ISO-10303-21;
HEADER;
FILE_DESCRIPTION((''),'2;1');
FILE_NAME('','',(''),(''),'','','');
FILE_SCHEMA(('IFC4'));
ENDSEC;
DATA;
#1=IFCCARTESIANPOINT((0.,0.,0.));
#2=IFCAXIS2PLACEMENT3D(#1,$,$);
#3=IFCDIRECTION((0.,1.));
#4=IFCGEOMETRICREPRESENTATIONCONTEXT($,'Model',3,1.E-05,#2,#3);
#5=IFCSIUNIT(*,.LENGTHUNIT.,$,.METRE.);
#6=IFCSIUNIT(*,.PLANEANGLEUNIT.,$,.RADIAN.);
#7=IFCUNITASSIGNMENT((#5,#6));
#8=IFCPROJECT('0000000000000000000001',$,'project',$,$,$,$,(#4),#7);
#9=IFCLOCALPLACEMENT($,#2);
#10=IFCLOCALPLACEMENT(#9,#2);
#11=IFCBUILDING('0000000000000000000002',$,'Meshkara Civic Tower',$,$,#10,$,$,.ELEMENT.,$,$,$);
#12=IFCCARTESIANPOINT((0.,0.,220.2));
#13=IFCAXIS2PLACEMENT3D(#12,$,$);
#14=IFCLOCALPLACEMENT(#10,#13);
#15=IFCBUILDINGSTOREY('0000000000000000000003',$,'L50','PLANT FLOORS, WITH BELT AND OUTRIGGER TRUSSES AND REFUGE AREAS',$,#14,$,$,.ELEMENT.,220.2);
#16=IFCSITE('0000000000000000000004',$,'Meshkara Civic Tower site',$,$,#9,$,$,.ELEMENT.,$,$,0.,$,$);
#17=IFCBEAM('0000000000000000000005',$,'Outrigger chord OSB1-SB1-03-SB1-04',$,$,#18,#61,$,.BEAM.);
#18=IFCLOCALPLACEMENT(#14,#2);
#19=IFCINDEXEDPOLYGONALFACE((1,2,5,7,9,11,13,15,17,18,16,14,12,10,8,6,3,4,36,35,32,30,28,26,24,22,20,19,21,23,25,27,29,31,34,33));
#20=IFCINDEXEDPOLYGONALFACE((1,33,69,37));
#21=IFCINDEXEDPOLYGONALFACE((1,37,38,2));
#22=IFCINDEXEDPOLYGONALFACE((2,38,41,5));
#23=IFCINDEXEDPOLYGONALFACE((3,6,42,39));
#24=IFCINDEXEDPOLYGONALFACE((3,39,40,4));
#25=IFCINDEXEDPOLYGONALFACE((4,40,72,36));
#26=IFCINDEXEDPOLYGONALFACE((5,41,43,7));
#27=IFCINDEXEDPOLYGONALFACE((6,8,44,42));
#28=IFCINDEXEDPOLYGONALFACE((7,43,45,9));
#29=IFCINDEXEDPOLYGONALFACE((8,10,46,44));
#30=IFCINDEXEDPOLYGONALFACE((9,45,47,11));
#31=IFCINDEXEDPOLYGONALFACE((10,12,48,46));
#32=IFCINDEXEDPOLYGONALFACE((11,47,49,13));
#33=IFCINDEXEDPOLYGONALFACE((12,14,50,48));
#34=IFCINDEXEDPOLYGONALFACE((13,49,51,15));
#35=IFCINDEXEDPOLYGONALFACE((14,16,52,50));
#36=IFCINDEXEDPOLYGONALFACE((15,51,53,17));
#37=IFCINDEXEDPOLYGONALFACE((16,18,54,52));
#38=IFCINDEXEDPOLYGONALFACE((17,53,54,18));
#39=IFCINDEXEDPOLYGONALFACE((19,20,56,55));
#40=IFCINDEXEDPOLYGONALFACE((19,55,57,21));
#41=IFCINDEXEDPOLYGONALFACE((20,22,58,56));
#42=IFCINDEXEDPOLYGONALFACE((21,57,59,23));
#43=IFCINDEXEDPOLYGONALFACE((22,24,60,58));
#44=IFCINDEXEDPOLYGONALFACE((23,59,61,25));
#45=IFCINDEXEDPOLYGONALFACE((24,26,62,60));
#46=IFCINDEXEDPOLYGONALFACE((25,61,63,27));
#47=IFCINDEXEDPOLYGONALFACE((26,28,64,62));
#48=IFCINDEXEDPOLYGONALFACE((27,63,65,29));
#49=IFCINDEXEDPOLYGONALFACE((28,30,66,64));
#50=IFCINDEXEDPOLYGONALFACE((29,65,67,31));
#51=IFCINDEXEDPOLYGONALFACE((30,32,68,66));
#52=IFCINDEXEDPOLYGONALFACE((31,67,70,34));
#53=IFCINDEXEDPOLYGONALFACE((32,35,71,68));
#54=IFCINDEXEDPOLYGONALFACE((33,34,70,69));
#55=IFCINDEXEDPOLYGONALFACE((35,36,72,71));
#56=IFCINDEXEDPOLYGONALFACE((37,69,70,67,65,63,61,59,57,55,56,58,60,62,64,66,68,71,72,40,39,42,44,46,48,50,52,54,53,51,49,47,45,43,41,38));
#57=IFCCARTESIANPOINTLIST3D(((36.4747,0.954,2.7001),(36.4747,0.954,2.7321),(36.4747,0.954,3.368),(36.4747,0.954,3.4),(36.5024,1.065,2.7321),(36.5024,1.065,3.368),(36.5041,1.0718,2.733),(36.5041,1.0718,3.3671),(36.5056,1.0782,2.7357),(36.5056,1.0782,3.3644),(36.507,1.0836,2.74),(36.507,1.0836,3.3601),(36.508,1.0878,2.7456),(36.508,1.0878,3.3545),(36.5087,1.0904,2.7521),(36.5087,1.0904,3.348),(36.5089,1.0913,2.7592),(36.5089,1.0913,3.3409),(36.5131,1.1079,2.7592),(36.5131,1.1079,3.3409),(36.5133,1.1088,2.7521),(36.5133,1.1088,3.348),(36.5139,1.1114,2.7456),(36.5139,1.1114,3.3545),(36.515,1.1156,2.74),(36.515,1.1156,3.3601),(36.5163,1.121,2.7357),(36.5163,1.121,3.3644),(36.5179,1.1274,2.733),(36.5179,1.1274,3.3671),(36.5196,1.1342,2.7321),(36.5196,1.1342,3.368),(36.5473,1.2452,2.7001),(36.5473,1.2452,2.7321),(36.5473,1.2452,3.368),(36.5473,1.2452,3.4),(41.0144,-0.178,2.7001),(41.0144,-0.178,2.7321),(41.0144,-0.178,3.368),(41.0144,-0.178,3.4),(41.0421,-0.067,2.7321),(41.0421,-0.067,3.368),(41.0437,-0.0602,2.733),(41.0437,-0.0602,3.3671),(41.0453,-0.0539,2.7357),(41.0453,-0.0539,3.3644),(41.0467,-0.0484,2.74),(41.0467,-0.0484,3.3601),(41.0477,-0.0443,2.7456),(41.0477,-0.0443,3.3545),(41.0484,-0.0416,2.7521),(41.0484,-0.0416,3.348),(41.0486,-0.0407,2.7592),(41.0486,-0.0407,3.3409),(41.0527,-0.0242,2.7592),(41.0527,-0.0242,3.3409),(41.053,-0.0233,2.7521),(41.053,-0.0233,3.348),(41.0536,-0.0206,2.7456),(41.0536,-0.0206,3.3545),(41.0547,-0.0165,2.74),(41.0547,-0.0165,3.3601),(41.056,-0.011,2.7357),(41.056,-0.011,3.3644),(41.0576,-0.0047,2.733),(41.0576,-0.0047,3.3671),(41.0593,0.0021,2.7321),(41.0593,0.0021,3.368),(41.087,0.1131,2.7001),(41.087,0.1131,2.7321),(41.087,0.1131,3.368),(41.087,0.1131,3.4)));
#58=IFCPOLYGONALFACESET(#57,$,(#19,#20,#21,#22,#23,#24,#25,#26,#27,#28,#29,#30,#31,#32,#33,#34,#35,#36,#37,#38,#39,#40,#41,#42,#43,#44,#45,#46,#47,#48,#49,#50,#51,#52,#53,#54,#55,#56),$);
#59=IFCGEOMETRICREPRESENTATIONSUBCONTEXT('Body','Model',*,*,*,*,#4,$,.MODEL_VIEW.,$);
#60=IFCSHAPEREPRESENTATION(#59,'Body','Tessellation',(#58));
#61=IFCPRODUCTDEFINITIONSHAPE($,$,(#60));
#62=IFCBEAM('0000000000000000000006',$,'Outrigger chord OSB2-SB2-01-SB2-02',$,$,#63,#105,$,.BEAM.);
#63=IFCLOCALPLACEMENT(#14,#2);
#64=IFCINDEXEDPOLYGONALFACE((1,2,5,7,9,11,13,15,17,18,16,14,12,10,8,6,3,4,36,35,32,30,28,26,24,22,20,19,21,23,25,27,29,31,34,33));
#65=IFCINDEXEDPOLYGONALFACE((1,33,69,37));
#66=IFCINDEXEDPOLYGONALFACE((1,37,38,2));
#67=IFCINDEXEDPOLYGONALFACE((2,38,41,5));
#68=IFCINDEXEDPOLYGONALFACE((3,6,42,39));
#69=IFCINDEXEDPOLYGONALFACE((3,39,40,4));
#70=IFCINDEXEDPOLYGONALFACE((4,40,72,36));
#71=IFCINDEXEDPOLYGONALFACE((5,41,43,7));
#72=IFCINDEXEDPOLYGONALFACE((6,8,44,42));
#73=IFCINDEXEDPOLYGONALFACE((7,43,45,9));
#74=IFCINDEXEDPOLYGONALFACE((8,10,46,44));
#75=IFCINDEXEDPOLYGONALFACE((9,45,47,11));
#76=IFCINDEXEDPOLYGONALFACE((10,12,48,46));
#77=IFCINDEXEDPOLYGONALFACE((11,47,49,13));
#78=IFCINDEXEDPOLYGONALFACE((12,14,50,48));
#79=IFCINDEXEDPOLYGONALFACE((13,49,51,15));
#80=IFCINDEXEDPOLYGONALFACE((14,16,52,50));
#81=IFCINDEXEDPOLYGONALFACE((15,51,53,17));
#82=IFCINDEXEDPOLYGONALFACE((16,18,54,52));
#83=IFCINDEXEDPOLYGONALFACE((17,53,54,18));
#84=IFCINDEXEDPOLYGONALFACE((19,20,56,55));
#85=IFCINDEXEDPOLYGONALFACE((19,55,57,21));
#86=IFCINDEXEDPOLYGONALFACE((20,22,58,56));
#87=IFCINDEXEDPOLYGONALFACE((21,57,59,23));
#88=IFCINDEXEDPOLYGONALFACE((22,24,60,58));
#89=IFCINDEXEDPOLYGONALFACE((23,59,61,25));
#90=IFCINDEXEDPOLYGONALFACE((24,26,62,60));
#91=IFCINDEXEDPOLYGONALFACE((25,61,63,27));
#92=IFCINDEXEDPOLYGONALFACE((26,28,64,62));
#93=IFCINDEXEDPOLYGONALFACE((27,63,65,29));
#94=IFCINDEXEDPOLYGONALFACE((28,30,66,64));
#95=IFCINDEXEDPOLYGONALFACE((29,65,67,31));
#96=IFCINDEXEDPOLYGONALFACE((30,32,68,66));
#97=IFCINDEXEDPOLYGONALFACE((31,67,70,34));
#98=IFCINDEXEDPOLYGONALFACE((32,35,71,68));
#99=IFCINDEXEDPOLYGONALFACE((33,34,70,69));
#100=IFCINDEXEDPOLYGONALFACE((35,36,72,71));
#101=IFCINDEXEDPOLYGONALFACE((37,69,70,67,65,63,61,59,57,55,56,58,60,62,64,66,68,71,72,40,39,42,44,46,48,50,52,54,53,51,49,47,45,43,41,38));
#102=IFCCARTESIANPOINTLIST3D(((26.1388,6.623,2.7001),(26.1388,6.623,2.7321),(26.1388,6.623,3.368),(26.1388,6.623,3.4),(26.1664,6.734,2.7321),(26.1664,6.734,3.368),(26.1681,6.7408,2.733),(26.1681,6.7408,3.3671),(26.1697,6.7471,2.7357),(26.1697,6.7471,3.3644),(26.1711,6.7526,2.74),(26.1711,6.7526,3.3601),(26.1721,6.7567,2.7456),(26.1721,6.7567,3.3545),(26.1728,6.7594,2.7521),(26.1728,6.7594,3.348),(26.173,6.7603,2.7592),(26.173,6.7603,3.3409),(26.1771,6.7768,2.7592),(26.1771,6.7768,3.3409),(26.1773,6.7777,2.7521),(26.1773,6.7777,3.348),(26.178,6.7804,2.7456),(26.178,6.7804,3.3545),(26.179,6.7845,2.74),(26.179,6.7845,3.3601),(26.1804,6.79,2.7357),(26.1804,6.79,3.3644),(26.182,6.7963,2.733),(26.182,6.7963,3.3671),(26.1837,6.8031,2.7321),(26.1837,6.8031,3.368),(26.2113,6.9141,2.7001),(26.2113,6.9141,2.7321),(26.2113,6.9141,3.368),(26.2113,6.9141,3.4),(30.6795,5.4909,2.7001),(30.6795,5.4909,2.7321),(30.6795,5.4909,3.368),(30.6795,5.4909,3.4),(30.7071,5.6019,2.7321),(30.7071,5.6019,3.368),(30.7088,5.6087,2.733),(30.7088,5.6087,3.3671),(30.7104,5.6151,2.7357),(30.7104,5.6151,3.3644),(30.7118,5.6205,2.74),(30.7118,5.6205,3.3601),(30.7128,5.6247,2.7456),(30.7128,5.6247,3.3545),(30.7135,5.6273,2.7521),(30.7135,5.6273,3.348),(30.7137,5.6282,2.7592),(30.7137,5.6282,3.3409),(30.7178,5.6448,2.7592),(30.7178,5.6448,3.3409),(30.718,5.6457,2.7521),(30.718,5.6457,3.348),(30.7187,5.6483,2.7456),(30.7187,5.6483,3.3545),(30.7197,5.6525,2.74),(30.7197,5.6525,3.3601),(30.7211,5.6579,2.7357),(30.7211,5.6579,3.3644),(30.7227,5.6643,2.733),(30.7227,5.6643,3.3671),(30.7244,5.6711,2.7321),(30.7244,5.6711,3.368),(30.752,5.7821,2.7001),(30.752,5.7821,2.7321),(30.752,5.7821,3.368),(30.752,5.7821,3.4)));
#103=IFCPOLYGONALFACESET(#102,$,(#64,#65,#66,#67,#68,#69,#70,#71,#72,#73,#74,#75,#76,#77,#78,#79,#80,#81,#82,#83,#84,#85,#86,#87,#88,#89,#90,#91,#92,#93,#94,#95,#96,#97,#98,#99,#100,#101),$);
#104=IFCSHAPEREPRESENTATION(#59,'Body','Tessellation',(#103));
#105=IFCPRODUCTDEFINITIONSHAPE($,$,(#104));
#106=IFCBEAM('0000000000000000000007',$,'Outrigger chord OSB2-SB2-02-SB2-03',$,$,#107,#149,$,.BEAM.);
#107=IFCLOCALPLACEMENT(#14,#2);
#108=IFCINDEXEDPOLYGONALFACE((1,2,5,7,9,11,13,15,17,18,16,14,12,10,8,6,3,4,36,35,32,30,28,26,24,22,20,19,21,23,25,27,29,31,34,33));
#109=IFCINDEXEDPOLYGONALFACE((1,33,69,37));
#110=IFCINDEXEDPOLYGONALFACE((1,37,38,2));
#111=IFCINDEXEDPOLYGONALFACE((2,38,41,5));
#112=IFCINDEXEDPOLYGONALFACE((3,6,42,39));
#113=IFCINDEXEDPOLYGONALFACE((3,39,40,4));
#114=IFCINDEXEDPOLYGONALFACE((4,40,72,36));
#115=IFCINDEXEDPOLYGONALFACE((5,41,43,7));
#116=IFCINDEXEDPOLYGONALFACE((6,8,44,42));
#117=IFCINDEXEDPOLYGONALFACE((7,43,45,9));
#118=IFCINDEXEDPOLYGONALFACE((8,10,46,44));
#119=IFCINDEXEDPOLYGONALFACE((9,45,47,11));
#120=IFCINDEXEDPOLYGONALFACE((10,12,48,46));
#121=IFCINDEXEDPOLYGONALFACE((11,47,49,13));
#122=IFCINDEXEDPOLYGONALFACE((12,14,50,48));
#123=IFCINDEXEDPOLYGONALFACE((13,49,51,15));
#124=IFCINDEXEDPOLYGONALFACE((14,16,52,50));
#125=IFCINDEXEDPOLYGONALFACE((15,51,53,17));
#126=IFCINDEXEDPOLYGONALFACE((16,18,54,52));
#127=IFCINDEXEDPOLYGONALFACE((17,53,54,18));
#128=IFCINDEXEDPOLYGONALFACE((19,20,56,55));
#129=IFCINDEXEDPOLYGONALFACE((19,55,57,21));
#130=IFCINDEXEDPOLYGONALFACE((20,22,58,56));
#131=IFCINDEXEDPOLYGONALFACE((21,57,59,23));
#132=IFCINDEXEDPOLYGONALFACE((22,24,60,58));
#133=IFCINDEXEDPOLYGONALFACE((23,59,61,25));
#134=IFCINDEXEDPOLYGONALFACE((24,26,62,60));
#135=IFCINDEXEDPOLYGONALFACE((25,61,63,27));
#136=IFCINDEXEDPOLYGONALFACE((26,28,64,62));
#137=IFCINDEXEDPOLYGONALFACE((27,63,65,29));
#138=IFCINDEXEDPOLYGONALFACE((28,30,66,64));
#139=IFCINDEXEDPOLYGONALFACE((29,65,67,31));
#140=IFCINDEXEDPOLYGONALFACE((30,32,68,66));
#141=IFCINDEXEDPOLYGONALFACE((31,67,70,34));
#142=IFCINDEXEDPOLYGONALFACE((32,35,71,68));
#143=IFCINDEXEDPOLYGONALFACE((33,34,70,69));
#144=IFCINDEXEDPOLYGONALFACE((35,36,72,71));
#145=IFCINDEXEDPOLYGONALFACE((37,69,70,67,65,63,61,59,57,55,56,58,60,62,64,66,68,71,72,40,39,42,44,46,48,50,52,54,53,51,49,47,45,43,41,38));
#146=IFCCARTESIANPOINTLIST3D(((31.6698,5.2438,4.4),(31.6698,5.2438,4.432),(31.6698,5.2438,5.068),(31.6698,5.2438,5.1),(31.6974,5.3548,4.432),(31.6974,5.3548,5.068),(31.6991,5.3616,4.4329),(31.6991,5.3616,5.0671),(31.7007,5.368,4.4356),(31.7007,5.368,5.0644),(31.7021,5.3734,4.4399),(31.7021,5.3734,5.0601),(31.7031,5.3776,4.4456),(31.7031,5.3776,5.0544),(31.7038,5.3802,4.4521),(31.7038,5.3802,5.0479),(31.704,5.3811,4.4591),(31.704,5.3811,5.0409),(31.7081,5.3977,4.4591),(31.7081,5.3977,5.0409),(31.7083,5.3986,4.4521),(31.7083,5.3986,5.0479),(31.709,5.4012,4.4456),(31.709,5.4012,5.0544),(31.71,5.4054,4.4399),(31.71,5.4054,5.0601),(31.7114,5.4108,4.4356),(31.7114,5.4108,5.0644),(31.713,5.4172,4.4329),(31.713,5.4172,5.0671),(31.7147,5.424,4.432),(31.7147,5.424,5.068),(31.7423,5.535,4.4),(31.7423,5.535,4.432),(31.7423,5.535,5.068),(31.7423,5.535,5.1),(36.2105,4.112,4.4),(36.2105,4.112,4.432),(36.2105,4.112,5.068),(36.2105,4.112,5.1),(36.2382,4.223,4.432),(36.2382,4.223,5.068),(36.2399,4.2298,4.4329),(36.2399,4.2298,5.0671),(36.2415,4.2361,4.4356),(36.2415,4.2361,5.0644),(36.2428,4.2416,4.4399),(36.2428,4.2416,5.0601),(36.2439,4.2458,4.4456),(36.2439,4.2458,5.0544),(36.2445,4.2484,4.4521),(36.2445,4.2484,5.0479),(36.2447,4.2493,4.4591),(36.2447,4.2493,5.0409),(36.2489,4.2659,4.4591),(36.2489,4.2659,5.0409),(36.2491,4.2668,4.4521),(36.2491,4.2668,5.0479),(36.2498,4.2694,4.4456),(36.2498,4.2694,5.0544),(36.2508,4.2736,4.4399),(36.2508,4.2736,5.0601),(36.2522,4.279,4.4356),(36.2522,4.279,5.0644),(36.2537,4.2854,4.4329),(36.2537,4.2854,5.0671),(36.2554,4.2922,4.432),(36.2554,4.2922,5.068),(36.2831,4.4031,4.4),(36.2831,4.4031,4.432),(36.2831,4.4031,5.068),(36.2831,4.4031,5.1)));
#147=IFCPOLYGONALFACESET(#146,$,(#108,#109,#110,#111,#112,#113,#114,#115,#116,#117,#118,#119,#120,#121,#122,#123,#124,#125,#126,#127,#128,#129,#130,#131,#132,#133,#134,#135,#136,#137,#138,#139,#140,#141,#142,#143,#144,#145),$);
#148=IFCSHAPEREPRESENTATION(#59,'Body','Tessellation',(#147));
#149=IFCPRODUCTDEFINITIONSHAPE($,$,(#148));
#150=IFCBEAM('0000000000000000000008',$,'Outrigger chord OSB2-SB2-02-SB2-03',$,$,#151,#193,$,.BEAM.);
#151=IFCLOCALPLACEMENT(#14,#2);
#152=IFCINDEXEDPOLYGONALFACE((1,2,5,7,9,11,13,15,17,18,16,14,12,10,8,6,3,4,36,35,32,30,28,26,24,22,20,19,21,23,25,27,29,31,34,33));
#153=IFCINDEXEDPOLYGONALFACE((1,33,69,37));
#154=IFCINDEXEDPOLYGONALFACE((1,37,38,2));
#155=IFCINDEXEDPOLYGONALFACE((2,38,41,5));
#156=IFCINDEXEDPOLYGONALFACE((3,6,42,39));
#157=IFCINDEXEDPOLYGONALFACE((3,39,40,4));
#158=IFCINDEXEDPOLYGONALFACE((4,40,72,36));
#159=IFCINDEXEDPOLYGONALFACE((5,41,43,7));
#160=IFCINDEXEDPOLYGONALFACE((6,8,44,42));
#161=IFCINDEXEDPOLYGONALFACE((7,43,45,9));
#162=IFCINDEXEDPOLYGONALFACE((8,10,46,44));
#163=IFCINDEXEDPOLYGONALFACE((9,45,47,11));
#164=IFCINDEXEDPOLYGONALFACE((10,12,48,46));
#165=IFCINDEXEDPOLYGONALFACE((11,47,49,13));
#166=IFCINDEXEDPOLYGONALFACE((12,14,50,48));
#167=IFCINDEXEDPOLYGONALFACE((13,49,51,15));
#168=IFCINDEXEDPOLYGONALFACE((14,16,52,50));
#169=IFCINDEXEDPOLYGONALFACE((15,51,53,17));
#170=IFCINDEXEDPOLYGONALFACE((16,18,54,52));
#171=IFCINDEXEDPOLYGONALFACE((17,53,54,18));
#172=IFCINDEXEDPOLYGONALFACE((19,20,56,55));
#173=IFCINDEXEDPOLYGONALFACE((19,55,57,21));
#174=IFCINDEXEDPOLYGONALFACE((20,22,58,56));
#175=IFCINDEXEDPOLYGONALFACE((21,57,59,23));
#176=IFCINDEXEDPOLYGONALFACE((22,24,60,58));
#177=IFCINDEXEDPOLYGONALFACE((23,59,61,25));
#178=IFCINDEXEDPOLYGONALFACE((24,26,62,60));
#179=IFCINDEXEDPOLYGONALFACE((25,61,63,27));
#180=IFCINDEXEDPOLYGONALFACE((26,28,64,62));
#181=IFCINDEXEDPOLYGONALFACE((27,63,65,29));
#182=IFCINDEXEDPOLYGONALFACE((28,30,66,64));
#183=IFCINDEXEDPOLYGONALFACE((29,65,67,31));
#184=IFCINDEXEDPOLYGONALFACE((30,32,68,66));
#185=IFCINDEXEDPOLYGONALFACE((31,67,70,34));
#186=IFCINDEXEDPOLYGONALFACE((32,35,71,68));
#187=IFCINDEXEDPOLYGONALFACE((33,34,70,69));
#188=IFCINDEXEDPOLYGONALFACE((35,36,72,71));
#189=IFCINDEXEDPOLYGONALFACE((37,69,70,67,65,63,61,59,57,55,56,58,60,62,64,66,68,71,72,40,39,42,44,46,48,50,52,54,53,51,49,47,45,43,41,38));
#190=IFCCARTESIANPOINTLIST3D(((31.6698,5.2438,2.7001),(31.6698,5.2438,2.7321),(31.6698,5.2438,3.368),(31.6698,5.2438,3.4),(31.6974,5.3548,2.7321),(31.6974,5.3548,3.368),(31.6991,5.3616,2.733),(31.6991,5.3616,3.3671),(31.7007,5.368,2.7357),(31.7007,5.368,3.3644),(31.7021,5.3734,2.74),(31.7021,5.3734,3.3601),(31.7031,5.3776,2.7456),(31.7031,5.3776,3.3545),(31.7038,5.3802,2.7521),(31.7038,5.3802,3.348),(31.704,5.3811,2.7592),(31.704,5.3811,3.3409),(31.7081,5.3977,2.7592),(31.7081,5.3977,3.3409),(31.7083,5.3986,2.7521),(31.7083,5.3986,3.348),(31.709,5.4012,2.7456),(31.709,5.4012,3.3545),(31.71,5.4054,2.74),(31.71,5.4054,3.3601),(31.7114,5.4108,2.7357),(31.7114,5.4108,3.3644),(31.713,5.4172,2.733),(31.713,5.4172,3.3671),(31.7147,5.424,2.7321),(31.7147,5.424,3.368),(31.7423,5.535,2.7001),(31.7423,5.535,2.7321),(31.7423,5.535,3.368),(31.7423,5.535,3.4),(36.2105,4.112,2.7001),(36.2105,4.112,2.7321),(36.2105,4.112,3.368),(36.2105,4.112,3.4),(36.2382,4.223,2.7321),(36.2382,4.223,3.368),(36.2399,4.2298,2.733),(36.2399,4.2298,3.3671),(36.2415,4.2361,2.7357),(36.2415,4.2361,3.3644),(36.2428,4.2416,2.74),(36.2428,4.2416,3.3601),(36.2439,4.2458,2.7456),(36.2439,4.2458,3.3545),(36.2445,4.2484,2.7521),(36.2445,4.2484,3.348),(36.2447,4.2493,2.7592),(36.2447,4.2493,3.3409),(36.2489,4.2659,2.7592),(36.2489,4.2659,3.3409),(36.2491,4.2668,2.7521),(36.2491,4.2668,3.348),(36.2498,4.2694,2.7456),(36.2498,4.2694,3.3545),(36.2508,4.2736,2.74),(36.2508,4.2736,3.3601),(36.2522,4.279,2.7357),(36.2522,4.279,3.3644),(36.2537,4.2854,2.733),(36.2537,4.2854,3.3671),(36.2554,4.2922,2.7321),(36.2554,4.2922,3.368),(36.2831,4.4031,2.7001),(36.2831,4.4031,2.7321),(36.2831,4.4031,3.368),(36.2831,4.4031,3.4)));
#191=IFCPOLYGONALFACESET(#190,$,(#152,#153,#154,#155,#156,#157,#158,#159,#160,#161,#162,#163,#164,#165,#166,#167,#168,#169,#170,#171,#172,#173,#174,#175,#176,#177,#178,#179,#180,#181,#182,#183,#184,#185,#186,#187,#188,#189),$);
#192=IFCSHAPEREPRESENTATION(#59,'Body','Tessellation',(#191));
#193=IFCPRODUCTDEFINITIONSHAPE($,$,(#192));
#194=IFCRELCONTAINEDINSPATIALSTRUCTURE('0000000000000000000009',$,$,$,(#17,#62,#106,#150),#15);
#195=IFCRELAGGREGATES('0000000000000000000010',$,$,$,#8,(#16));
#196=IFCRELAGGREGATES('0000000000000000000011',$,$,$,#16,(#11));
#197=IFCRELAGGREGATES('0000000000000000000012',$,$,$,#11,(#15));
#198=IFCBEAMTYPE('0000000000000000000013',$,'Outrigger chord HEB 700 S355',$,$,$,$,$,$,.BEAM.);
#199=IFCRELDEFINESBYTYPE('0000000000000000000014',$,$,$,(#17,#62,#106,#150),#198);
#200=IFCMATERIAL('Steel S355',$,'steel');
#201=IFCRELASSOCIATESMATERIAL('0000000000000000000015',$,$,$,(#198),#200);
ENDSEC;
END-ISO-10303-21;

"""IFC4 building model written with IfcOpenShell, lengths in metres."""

from ifc_helpers import new_model, si_unit, direction, frame, origin, origin_2d, place, context, subcontext, project, spatial, i_section, extrude, material, material_profile, profile_set, type_object, element, save


model = new_model("IFC4")

# Units and contexts
model_context = context("Model", 3, precision=1e-05, world=origin(), true_north=direction((0.0, 1.0)))
body_context = subcontext(model_context, "Body", "Model", "MODEL_VIEW")
ifc_project = project(units=[si_unit("LENGTHUNIT", "METRE"), si_unit("PLANEANGLEUNIT", "RADIAN")], contexts=[model_context])

# Site, building, storey
site_placement = place(None, origin())
site = spatial("IfcSite", under=ifc_project, at=site_placement, Name="Meshkara Civic Tower site", CompositionType="ELEMENT", RefElevation=0.0)
building_placement = place(site_placement, origin())
building = spatial("IfcBuilding", under=site, at=building_placement, Name="Meshkara Civic Tower", CompositionType="ELEMENT")
storey_placement = place(building_placement, frame((0.0, 0.0, 220.2)))
storey = spatial("IfcBuildingStorey", under=building, at=storey_placement, Name="L50", Description="PLANT FLOORS, WITH BELT AND OUTRIGGER TRUSSES AND REFUGE AREAS", CompositionType="ELEMENT", Elevation=220.2)

# Beams
ifc_material_1 = material(Name="Steel S355", Category="steel")
ifc_material_profile_1 = material_profile(ifc_material_1, i_section(OverallWidth=0.3, OverallDepth=0.7, WebThickness=0.0171, FlangeThickness=0.032, FilletRadius=0.0271, at=origin_2d()))
ifc_profile_set_1 = profile_set([ifc_material_profile_1], Name="Steel S355")
beam_type = type_object("IfcBeamType", Name="Outrigger chord HEB 700 S355", PredefinedType="BEAM", material=ifc_profile_set_1)
for number, where, z_axis, x_axis, name in (
    (1, (36.511, 1.0996, 3.05), (0.970287, -0.241959, 0.0), (0.241959, 0.970287, 0.0), "Outrigger chord OSB1-SB1-03-SB1-04"),
):
    element("IfcBeam", number, at=place(storey_placement, frame(where, z_axis=z_axis, x_axis=x_axis)), inside=storey, type_object=beam_type, Name=name, PredefinedType="BEAM", context=body_context, shape_type="SweptSolid", body=[
        extrude(i_section(OverallWidth=0.3, OverallDepth=0.7, WebThickness=0.0171, FlangeThickness=0.032, FilletRadius=0.0271, at=origin_2d()), origin(), (0.0, 0.0, 1.0), 4.6787),
    ])
for number, where, z_axis, x_axis, name in (
    (2, (26.175, 6.7686, 3.05), (0.970299, -0.24191, 0.0), (0.24191, 0.970299, 0.0), "Outrigger chord OSB2-SB2-01-SB2-02"),
    (3, (31.7061, 5.3894, 4.75), (0.970311, -0.24186, 0.0), (0.24186, 0.970311, 0.0), "Outrigger chord OSB2-SB2-02-SB2-03"),
    (4, (31.7061, 5.3894, 3.05), (0.970311, -0.24186, 0.0), (0.24186, 0.970311, 0.0), "Outrigger chord OSB2-SB2-02-SB2-03"),
):
    element("IfcBeam", number, at=place(storey_placement, frame(where, z_axis=z_axis, x_axis=x_axis)), inside=storey, type_object=beam_type, Name=name, PredefinedType="BEAM", context=body_context, shape_type="SweptSolid", body=[
        extrude(i_section(OverallWidth=0.3, OverallDepth=0.7, WebThickness=0.0171, FlangeThickness=0.032, FilletRadius=0.0271, at=origin_2d()), origin(), (0.0, 0.0, 1.0), 4.6797),
    ])

save(model, "model.ifc")
